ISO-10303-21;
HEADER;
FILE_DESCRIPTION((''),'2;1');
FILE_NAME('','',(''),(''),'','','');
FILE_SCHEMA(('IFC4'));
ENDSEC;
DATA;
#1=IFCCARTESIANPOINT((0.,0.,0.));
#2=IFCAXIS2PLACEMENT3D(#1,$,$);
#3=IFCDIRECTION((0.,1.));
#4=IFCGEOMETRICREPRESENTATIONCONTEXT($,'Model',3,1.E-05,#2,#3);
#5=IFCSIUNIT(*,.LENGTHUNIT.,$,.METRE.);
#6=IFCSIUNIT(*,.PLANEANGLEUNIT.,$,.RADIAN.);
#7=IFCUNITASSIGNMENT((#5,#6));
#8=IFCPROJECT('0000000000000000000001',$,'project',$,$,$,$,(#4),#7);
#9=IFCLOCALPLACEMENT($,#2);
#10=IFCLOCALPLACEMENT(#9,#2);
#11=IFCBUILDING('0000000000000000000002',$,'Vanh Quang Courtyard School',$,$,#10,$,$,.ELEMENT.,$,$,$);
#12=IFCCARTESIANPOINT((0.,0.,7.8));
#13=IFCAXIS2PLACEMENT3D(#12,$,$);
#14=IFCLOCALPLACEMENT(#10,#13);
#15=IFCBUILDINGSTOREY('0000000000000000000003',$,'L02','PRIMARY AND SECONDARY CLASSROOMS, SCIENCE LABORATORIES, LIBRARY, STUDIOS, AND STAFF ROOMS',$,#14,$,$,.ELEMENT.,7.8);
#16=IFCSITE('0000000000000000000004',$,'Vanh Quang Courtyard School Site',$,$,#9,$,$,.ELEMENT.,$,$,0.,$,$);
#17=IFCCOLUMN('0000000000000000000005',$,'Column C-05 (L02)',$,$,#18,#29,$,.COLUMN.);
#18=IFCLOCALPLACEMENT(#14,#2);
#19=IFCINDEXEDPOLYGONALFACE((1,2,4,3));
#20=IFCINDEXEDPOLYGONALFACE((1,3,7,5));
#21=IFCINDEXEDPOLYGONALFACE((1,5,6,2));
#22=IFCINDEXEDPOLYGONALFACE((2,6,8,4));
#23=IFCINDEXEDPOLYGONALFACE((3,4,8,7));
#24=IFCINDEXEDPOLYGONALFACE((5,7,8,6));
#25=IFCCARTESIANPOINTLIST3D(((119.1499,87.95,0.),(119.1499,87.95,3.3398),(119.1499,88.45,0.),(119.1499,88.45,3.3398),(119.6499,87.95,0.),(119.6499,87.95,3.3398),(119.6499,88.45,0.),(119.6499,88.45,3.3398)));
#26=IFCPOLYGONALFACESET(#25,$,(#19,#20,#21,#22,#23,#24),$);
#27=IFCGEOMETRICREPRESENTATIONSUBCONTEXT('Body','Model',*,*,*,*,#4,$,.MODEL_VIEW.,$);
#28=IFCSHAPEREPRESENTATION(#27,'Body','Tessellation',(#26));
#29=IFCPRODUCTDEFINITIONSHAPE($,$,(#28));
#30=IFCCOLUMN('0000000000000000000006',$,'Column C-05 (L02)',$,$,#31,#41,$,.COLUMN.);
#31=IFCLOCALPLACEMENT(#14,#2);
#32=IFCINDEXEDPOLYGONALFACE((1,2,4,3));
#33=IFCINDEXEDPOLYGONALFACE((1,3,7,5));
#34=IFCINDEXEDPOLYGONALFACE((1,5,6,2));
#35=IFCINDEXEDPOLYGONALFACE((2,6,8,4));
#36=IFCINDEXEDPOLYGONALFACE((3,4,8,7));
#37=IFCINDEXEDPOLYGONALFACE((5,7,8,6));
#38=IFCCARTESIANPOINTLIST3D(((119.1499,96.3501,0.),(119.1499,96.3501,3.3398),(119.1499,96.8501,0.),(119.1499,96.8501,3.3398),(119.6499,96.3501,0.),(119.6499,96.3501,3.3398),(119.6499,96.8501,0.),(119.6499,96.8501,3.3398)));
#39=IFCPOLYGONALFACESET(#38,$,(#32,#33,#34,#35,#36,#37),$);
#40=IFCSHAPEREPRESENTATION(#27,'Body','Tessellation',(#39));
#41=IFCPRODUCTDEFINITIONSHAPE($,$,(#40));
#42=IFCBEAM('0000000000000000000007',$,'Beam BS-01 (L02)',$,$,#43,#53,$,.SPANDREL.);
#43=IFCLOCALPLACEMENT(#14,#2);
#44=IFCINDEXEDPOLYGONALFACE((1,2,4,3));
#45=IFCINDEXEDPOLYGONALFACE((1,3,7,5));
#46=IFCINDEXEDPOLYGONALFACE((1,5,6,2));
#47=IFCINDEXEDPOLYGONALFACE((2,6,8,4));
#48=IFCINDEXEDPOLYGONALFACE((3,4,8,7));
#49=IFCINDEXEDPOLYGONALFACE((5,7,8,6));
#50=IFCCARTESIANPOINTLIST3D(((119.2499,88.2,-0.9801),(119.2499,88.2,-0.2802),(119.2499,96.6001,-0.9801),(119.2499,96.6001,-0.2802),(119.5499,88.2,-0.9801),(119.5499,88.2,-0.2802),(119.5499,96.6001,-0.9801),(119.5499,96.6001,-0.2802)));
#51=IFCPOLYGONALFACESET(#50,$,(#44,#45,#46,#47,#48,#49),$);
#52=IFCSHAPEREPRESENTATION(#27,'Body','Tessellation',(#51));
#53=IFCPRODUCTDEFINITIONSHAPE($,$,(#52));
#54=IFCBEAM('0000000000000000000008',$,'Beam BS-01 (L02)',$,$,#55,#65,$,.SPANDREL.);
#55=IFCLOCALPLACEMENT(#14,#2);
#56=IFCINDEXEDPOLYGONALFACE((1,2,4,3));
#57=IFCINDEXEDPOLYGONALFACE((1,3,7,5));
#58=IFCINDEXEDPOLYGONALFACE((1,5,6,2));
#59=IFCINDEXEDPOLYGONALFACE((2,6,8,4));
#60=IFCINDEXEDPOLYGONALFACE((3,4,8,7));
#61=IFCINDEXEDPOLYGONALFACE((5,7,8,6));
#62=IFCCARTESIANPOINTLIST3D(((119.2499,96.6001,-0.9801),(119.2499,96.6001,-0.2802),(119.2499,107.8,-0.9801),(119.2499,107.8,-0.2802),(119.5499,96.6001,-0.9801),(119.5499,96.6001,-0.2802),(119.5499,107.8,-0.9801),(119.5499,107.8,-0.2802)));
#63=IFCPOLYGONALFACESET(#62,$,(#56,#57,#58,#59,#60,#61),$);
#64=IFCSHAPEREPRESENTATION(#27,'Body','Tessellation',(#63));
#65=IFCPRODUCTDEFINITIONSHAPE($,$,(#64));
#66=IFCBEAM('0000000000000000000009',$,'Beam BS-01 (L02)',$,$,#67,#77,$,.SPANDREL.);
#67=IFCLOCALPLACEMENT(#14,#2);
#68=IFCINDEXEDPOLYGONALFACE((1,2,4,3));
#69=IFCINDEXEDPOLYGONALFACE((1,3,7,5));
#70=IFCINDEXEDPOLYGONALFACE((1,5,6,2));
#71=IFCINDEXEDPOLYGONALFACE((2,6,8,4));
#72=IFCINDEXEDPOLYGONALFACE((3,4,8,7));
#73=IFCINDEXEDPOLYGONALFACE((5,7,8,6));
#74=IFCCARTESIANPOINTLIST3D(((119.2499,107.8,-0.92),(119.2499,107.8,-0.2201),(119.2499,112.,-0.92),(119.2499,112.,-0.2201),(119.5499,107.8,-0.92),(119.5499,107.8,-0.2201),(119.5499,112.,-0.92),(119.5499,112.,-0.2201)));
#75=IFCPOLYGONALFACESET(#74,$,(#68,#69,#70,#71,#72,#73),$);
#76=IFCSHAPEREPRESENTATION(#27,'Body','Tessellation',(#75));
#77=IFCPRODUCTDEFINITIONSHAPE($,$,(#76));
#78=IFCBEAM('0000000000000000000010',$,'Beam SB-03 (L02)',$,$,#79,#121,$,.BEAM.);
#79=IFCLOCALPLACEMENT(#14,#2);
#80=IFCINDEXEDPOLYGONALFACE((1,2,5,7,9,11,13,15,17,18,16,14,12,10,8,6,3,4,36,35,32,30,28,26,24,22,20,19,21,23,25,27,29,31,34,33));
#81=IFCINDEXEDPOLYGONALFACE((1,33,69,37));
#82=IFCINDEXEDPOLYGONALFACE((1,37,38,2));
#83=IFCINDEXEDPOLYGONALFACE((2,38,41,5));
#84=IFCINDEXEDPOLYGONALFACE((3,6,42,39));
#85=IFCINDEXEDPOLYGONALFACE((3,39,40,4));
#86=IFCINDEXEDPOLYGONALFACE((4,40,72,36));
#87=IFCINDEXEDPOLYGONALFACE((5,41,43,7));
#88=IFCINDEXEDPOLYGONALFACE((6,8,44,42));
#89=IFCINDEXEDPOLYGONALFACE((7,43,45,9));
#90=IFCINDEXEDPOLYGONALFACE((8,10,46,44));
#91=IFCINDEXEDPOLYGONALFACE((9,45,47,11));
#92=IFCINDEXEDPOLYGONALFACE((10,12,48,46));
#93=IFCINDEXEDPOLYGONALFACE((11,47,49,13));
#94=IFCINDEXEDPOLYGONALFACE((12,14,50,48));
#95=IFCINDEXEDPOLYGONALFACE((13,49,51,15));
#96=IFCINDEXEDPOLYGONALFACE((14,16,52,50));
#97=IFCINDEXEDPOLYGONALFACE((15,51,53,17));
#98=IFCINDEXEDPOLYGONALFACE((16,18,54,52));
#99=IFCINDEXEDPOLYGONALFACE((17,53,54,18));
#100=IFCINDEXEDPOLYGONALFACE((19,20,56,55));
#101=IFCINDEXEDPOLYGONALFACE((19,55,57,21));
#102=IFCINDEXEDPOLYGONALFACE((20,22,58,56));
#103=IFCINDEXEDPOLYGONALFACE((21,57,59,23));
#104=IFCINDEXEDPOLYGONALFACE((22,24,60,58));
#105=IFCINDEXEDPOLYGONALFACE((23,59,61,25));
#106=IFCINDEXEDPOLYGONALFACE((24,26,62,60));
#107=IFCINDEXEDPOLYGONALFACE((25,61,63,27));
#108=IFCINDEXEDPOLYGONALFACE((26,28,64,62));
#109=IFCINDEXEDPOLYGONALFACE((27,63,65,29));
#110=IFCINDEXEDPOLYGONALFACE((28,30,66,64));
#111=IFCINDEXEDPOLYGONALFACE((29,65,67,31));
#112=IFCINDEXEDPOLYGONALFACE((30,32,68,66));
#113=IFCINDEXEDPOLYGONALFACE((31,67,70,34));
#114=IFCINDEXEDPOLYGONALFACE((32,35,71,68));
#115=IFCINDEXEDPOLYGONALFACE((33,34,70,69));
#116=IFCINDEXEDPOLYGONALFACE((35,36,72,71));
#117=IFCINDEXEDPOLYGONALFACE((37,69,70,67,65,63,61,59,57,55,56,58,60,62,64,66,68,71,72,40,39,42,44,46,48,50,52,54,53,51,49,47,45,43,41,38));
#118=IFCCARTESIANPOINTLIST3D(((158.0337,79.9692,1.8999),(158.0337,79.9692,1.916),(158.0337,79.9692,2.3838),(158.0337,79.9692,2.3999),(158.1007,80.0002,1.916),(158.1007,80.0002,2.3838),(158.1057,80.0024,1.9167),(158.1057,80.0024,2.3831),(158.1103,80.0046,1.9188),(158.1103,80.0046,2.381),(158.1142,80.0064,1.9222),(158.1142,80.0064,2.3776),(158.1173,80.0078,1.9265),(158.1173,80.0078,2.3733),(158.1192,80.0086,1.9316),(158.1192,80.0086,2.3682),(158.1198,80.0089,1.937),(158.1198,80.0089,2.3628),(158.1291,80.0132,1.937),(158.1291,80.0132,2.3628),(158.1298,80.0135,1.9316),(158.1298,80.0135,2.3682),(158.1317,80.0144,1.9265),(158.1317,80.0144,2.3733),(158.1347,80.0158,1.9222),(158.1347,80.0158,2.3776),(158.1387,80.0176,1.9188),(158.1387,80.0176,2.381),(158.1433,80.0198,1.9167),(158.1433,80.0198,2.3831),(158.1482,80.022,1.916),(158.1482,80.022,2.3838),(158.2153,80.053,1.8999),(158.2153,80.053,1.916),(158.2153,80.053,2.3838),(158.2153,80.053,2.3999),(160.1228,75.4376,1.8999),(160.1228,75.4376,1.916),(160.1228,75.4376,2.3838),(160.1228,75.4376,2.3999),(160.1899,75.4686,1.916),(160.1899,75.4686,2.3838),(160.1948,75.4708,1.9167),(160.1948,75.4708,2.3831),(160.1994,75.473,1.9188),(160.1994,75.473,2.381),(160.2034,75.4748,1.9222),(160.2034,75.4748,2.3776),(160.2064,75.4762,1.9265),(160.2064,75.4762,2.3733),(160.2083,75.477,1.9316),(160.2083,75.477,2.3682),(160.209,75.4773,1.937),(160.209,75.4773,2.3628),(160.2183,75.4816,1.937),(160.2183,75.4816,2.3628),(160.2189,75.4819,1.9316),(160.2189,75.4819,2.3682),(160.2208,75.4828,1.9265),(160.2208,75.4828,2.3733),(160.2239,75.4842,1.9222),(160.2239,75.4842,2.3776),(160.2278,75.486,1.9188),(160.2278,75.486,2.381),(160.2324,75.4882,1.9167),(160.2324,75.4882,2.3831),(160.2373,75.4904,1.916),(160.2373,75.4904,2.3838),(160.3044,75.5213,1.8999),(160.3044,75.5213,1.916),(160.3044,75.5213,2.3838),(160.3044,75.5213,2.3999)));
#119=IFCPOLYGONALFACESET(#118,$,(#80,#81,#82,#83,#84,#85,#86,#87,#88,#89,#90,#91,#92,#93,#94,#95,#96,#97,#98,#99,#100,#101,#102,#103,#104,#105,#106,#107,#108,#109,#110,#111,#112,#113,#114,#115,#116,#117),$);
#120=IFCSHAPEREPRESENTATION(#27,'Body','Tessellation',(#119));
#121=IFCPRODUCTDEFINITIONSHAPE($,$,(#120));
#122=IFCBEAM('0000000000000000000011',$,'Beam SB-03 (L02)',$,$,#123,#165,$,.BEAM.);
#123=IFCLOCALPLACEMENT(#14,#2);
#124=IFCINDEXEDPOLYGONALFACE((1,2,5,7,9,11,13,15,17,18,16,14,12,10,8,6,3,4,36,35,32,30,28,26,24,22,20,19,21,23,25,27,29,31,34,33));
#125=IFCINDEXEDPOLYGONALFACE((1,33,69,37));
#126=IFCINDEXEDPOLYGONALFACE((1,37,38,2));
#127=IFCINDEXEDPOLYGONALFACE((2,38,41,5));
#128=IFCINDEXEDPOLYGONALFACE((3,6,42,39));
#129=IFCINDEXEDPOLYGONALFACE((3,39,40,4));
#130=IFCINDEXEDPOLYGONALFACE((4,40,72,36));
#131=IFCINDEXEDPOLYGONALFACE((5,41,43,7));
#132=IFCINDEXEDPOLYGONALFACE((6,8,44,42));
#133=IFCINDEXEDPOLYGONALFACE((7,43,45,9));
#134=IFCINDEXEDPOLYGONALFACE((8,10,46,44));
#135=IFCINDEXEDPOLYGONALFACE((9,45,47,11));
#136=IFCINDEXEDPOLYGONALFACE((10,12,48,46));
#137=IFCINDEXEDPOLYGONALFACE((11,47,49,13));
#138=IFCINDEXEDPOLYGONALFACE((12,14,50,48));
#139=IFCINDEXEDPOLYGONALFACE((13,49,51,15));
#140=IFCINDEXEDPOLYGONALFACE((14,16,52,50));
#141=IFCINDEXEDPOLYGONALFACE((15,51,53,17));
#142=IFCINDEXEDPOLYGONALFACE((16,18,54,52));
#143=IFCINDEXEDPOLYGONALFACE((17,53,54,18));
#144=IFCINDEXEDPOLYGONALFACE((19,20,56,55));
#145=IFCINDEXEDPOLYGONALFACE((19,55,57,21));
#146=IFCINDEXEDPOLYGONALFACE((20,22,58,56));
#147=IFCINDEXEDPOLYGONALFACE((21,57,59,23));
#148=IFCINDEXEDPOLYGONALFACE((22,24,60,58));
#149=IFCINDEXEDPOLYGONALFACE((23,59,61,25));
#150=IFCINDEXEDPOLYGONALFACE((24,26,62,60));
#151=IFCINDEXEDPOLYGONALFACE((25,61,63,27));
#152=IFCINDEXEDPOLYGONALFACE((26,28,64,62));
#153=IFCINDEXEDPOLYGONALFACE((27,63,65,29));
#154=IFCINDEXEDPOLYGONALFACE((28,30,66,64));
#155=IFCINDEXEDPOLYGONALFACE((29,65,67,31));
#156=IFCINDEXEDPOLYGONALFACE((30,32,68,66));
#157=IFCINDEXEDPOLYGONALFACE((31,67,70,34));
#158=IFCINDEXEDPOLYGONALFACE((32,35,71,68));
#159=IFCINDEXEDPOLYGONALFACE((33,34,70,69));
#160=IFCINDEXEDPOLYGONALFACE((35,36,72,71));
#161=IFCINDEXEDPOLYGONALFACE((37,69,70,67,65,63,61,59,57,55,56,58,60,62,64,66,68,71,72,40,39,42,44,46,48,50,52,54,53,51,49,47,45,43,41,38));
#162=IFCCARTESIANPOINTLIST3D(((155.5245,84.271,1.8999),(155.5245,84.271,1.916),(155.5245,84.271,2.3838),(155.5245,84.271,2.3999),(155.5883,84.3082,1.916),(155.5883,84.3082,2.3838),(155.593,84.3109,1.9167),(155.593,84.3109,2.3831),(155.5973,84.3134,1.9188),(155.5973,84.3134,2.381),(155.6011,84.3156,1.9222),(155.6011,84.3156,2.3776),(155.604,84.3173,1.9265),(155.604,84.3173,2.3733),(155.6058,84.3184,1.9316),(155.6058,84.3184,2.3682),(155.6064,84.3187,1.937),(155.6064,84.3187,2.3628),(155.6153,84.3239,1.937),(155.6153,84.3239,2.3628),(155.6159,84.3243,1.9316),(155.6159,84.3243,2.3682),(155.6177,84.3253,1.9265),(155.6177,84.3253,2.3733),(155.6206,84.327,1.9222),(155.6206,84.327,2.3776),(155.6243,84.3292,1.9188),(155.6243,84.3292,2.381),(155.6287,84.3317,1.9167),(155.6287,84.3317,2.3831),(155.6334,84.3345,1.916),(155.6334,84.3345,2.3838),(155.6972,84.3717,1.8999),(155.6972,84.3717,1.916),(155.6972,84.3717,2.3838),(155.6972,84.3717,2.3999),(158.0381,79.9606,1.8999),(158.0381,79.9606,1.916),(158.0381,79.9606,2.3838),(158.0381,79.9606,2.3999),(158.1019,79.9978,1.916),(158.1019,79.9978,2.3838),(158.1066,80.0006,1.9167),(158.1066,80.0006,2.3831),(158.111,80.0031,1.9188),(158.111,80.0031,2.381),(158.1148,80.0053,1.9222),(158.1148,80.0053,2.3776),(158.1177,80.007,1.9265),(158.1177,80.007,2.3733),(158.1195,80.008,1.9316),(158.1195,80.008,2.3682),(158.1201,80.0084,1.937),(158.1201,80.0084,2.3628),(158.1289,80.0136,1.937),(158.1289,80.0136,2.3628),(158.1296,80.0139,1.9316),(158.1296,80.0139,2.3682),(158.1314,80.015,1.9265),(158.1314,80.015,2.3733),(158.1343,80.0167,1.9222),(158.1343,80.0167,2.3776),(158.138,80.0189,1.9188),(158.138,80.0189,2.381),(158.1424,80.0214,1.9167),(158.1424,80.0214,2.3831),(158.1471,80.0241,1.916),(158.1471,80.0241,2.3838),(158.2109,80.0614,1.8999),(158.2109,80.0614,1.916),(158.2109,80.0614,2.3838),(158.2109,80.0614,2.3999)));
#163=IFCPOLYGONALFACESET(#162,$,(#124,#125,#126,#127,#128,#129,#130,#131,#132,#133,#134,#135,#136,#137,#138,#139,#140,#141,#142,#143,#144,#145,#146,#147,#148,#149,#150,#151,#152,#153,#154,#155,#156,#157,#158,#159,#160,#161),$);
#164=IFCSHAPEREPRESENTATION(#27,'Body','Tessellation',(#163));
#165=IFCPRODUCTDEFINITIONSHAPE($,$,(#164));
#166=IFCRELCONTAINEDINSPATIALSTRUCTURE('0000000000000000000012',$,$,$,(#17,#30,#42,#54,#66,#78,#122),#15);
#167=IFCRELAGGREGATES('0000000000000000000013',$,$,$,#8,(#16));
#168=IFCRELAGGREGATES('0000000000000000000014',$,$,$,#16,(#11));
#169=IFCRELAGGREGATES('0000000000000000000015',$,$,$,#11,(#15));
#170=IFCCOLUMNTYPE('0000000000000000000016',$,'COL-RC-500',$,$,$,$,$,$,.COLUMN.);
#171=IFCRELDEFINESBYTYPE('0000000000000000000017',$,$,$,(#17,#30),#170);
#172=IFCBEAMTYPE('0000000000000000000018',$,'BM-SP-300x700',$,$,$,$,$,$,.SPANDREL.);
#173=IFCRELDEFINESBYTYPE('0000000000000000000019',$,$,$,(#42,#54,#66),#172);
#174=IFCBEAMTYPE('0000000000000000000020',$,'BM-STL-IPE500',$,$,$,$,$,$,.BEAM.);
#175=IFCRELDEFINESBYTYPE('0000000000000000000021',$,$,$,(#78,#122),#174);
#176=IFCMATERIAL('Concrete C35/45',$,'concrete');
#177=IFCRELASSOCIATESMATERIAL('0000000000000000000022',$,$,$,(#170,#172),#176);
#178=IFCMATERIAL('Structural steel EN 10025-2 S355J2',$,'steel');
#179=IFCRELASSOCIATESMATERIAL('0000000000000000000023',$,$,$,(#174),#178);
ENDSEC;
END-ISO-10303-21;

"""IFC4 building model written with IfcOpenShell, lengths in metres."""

from ifc_helpers import new_model, si_unit, direction, frame, origin, origin_2d, place, context, subcontext, project, spatial, rectangle, i_section, extrude, material, material_profile, profile_set, type_object, element, save


model = new_model("IFC4")

# Units and contexts
model_context = context("Model", 3, precision=1e-05, world=origin(), true_north=direction((0.0, 1.0)))
body_context = subcontext(model_context, "Body", "Model", "MODEL_VIEW")
ifc_project = project(units=[si_unit("LENGTHUNIT", "METRE"), si_unit("PLANEANGLEUNIT", "RADIAN")], contexts=[model_context])

# Site, building, storey
site_placement = place(None, origin())
site = spatial("IfcSite", under=ifc_project, at=site_placement, Name="Vanh Quang Courtyard School Site", CompositionType="ELEMENT", RefElevation=0.0)
building_placement = place(site_placement, origin())
building = spatial("IfcBuilding", under=site, at=building_placement, Name="Vanh Quang Courtyard School", CompositionType="ELEMENT")
storey_placement = place(building_placement, frame((0.0, 0.0, 7.8)))
storey = spatial("IfcBuildingStorey", under=building, at=storey_placement, Name="L02", Description="PRIMARY AND SECONDARY CLASSROOMS, SCIENCE LABORATORIES, LIBRARY, STUDIOS, AND STAFF ROOMS", CompositionType="ELEMENT", Elevation=7.8)

# Columns
ifc_material_1 = material(Name="Concrete C35/45", Category="concrete")
ifc_material_profile_1 = material_profile(ifc_material_1, rectangle(XDim=0.5, YDim=0.5, at=origin_2d()), Name="RC-COL 500x500")
ifc_profile_set_1 = profile_set([ifc_material_profile_1], Name="Concrete C35/45")
column_type = type_object("IfcColumnType", Name="COL-RC-500", PredefinedType="COLUMN", material=ifc_profile_set_1)
for number, where, z_axis, x_axis, name in (
    (1, (119.3999, 88.2, 0.0), (0.0, 0.0, 1.0), (1.0, 0.0, 0.0), "Column C-05 (L02)"),
    (2, (119.3999, 96.6001, 0.0), (0.0, 0.0, 1.0), (1.0, 0.0, 0.0), "Column C-05 (L02)"),
):
    element("IfcColumn", number, at=place(storey_placement, frame(where, z_axis=z_axis, x_axis=x_axis)), inside=storey, type_object=column_type, Name=name, PredefinedType="COLUMN", context=body_context, shape_type="SweptSolid", body=[
        extrude(rectangle(XDim=0.5, YDim=0.5, at=origin_2d()), origin(), (0.0, 0.0, 1.0), 3.3398),
    ])

# Beams
ifc_material_profile_2 = material_profile(ifc_material_1, rectangle(XDim=0.3, YDim=0.7, at=origin_2d()), Name="RC-SP 300x700")
ifc_profile_set_2 = profile_set([ifc_material_profile_2], Name="Concrete C35/45")
beam_type_1 = type_object("IfcBeamType", Name="BM-SP-300x700", PredefinedType="SPANDREL", material=ifc_profile_set_2)
beam_1_placement = place(storey_placement, frame((119.3999, 88.2, -0.6301), z_axis=(0.0, 1.0, 0.0), x_axis=(-1.0, 0.0, 0.0)))
element("IfcBeam", 3, at=beam_1_placement, inside=storey, type_object=beam_type_1, Name="Beam BS-01 (L02)", PredefinedType="SPANDREL", context=body_context, shape_type="SweptSolid", body=[
    extrude(rectangle(XDim=0.3, YDim=0.7, at=origin_2d()), origin(), (0.0, 0.0, 1.0), 8.4001),
])
beam_2_placement = place(storey_placement, frame((119.3999, 96.6001, -0.6301), z_axis=(0.0, 1.0, 0.0), x_axis=(-1.0, 0.0, 0.0)))
element("IfcBeam", 4, at=beam_2_placement, inside=storey, type_object=beam_type_1, Name="Beam BS-01 (L02)", PredefinedType="SPANDREL", context=body_context, shape_type="SweptSolid", body=[
    extrude(rectangle(XDim=0.3, YDim=0.7, at=origin_2d()), origin(), (0.0, 0.0, 1.0), 11.2),
])
beam_3_placement = place(storey_placement, frame((119.3999, 107.8, -0.5701), z_axis=(0.0, 1.0, 0.0), x_axis=(-1.0, 0.0, 0.0)))
element("IfcBeam", 5, at=beam_3_placement, inside=storey, type_object=beam_type_1, Name="Beam BS-01 (L02)", PredefinedType="SPANDREL", context=body_context, shape_type="SweptSolid", body=[
    extrude(rectangle(XDim=0.3, YDim=0.7, at=origin_2d()), origin(), (0.0, 0.0, 1.0), 4.2),
])
ifc_material_2 = material(Name="Structural steel EN 10025-2 S355J2", Category="steel")
ifc_material_profile_3 = material_profile(ifc_material_2, i_section(OverallWidth=0.2, OverallDepth=0.5, WebThickness=0.0103, FlangeThickness=0.0161, FilletRadius=0.021, at=origin_2d()), Name="IPE 500")
ifc_profile_set_3 = profile_set([ifc_material_profile_3], Name="Structural steel EN 10025-2 S355J2")
beam_type_2 = type_object("IfcBeamType", Name="BM-STL-IPE500", PredefinedType="BEAM", material=ifc_profile_set_3)
beam_4_placement = place(storey_placement, frame((160.2136, 75.4795, 2.1499), z_axis=(-0.41867, 0.908138, 0.0), x_axis=(-0.908138, -0.41867, 0.0)))
element("IfcBeam", 6, at=beam_4_placement, inside=storey, type_object=beam_type_2, Name="Beam SB-03 (L02)", PredefinedType="BEAM", context=body_context, shape_type="SweptSolid", body=[
    extrude(i_section(OverallWidth=0.2, OverallDepth=0.5, WebThickness=0.0103, FlangeThickness=0.0161, FilletRadius=0.021, at=origin_2d()), origin(), (0.0, 0.0, 1.0), 4.99),
])
for number, where, z_axis, x_axis, name in (
    (7, (158.1245, 80.011, 2.1499), (-0.503771, 0.863837, 0.0), (-0.863837, -0.503771, 0.0), "Beam SB-03 (L02)"),
):
    element("IfcBeam", number, at=place(storey_placement, frame(where, z_axis=z_axis, x_axis=x_axis)), inside=storey, type_object=beam_type_2, Name=name, PredefinedType="BEAM", context=body_context, shape_type="SweptSolid", body=[
        extrude(i_section(OverallWidth=0.2, OverallDepth=0.5, WebThickness=0.0103, FlangeThickness=0.0161, FilletRadius=0.021, at=origin_2d()), origin(), (0.0, 0.0, 1.0), 4.9897),
    ])

save(model, "model.ifc")
